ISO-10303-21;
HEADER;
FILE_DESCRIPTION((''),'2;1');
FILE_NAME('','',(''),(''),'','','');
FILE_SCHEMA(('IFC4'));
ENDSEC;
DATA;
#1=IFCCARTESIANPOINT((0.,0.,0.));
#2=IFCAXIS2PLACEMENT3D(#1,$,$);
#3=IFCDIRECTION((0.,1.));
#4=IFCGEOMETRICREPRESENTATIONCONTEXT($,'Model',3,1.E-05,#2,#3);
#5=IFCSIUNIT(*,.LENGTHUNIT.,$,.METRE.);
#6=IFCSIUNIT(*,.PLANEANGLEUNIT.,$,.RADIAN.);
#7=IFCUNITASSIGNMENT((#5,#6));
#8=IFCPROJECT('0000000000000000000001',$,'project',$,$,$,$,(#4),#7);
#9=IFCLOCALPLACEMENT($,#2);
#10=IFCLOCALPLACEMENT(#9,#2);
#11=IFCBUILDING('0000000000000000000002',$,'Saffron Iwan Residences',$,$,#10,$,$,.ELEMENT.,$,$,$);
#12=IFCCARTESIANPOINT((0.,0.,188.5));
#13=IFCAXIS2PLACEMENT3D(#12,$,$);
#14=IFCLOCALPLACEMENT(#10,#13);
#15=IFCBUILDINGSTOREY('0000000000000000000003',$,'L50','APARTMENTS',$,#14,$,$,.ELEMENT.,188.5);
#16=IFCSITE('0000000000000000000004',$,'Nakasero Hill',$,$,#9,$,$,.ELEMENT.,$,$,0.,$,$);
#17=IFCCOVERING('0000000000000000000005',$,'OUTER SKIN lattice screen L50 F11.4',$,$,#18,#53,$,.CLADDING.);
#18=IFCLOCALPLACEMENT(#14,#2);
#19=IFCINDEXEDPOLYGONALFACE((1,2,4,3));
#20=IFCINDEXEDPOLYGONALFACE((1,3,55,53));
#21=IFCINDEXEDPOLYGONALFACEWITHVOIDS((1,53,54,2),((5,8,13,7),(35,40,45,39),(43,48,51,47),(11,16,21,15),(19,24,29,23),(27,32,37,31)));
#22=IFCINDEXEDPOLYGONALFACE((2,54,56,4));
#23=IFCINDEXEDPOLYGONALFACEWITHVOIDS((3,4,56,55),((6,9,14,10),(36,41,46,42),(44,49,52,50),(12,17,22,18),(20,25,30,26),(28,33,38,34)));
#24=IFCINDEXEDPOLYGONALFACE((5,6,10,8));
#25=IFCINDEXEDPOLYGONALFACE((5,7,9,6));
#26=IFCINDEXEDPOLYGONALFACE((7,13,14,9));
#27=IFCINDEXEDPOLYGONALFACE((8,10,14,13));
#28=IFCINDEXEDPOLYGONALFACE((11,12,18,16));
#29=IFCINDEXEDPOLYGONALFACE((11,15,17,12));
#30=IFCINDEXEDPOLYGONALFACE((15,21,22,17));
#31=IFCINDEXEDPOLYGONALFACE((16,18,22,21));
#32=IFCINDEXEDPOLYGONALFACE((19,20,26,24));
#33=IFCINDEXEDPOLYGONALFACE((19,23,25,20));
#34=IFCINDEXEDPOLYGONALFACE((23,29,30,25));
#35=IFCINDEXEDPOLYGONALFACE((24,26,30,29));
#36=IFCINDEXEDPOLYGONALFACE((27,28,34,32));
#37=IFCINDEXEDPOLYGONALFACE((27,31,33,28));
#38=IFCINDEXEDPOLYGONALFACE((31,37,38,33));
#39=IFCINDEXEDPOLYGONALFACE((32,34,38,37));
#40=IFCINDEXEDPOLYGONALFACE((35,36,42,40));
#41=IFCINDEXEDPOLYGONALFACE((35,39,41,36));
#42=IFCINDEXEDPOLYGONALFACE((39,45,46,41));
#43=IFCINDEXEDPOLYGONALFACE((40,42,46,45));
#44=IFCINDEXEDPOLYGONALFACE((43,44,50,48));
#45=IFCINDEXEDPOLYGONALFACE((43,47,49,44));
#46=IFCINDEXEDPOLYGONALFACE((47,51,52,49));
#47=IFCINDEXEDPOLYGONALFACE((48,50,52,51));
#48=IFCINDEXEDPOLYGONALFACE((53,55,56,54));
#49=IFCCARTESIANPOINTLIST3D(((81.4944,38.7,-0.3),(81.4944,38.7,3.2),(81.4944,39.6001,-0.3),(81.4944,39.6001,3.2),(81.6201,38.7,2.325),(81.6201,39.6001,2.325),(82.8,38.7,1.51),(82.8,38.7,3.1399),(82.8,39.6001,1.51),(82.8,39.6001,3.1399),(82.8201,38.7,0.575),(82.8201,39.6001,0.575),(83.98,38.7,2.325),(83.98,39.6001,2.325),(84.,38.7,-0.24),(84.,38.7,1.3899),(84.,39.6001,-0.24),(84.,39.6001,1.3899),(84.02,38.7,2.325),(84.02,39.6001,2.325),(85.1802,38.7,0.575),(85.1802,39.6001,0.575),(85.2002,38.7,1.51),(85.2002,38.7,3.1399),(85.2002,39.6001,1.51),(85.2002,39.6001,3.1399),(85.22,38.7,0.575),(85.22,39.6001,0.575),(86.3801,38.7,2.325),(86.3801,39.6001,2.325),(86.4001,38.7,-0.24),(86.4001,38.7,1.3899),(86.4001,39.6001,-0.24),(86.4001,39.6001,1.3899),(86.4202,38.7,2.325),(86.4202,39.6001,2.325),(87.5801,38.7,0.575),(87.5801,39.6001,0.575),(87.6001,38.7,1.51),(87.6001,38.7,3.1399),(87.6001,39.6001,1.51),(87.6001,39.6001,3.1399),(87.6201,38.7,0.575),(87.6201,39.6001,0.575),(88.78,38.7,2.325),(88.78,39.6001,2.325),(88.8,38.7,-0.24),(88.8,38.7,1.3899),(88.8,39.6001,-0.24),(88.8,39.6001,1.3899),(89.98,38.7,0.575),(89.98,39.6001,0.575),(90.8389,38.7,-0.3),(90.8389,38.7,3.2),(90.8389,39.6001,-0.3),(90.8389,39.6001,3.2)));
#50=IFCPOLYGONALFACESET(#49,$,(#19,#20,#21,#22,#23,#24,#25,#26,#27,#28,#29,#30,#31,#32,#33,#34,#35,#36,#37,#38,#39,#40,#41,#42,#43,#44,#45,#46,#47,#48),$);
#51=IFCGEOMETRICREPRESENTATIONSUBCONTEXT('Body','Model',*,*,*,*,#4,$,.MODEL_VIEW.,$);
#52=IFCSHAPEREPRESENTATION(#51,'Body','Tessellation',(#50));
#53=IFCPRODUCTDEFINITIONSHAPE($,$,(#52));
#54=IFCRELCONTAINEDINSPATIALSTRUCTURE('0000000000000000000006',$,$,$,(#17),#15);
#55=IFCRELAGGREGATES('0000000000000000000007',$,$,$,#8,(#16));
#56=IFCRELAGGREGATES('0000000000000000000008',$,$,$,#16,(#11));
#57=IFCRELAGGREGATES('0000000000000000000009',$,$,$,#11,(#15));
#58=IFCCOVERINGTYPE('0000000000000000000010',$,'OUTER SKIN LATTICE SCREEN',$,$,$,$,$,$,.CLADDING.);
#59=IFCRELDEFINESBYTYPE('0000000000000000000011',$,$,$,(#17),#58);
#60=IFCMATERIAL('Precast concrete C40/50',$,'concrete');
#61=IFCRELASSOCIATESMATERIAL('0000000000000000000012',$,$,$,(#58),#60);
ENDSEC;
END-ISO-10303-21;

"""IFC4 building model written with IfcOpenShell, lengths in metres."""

from ifc_helpers import new_model, si_unit, direction, frame, origin, place, context, subcontext, project, spatial, polyline, outline, extrude, material, type_object, element, save


model = new_model("IFC4")

# Units and contexts
model_context = context("Model", 3, precision=1e-05, world=origin(), true_north=direction((0.0, 1.0)))
body_context = subcontext(model_context, "Body", "Model", "MODEL_VIEW")
ifc_project = project(units=[si_unit("LENGTHUNIT", "METRE"), si_unit("PLANEANGLEUNIT", "RADIAN")], contexts=[model_context])

# Site, building, storey
site_placement = place(None, origin())
site = spatial("IfcSite", under=ifc_project, at=site_placement, Name="Nakasero Hill", CompositionType="ELEMENT", RefElevation=0.0)
building_placement = place(site_placement, origin())
building = spatial("IfcBuilding", under=site, at=building_placement, Name="Saffron Iwan Residences", CompositionType="ELEMENT")
storey_placement = place(building_placement, frame((0.0, 0.0, 188.5)))
storey = spatial("IfcBuildingStorey", under=building, at=storey_placement, Name="L50", Description="APARTMENTS", CompositionType="ELEMENT", Elevation=188.5)

# Covering
ifc_material_1 = material(Name="Precast concrete C40/50", Category="concrete")
covering_type = type_object("IfcCoveringType", Name="OUTER SKIN LATTICE SCREEN", PredefinedType="CLADDING", material=ifc_material_1)
covering_1_placement = place(storey_placement, frame((81.4944, 39.6001, -0.3), z_axis=(0.0, -1.0, 0.0), x_axis=(1.0, 0.0, 0.0)))
element("IfcCovering", 1, at=covering_1_placement, inside=storey, type_object=covering_type, Name="OUTER SKIN lattice screen L50 F11.4", PredefinedType="CLADDING", context=body_context, shape_type="SweptSolid", body=[
    extrude(outline(polyline([(0.0, 0.0), (9.3445, 0.0), (9.3445, 3.5), (0.0, 3.5), (0.0, 0.0)]), holes=[polyline([(1.3257, 0.875), (2.5056, 0.0601), (3.6858, 0.875), (2.5056, 1.6899), (1.3257, 0.875)]), polyline([(3.7256, 0.875), (4.9058, 0.0601), (6.0857, 0.875), (4.9058, 1.6899), (3.7256, 0.875)]), polyline([(6.1257, 0.875), (7.3057, 0.0601), (8.4856, 0.875), (7.3057, 1.6899), (6.1257, 0.875)]), polyline([(0.1257, 2.625), (1.3057, 1.8101), (2.4856, 2.625), (1.3057, 3.4399), (0.1257, 2.625)]), polyline([(2.5256, 2.625), (3.7058, 1.8101), (4.8857, 2.625), (3.7058, 3.4399), (2.5256, 2.625)]), polyline([(4.9258, 2.625), (6.1057, 1.8101), (7.2856, 2.625), (6.1057, 3.4399), (4.9258, 2.625)])]), origin(), (0.0, 0.0, 1.0), 0.9001),
])

save(model, "model.ifc")
